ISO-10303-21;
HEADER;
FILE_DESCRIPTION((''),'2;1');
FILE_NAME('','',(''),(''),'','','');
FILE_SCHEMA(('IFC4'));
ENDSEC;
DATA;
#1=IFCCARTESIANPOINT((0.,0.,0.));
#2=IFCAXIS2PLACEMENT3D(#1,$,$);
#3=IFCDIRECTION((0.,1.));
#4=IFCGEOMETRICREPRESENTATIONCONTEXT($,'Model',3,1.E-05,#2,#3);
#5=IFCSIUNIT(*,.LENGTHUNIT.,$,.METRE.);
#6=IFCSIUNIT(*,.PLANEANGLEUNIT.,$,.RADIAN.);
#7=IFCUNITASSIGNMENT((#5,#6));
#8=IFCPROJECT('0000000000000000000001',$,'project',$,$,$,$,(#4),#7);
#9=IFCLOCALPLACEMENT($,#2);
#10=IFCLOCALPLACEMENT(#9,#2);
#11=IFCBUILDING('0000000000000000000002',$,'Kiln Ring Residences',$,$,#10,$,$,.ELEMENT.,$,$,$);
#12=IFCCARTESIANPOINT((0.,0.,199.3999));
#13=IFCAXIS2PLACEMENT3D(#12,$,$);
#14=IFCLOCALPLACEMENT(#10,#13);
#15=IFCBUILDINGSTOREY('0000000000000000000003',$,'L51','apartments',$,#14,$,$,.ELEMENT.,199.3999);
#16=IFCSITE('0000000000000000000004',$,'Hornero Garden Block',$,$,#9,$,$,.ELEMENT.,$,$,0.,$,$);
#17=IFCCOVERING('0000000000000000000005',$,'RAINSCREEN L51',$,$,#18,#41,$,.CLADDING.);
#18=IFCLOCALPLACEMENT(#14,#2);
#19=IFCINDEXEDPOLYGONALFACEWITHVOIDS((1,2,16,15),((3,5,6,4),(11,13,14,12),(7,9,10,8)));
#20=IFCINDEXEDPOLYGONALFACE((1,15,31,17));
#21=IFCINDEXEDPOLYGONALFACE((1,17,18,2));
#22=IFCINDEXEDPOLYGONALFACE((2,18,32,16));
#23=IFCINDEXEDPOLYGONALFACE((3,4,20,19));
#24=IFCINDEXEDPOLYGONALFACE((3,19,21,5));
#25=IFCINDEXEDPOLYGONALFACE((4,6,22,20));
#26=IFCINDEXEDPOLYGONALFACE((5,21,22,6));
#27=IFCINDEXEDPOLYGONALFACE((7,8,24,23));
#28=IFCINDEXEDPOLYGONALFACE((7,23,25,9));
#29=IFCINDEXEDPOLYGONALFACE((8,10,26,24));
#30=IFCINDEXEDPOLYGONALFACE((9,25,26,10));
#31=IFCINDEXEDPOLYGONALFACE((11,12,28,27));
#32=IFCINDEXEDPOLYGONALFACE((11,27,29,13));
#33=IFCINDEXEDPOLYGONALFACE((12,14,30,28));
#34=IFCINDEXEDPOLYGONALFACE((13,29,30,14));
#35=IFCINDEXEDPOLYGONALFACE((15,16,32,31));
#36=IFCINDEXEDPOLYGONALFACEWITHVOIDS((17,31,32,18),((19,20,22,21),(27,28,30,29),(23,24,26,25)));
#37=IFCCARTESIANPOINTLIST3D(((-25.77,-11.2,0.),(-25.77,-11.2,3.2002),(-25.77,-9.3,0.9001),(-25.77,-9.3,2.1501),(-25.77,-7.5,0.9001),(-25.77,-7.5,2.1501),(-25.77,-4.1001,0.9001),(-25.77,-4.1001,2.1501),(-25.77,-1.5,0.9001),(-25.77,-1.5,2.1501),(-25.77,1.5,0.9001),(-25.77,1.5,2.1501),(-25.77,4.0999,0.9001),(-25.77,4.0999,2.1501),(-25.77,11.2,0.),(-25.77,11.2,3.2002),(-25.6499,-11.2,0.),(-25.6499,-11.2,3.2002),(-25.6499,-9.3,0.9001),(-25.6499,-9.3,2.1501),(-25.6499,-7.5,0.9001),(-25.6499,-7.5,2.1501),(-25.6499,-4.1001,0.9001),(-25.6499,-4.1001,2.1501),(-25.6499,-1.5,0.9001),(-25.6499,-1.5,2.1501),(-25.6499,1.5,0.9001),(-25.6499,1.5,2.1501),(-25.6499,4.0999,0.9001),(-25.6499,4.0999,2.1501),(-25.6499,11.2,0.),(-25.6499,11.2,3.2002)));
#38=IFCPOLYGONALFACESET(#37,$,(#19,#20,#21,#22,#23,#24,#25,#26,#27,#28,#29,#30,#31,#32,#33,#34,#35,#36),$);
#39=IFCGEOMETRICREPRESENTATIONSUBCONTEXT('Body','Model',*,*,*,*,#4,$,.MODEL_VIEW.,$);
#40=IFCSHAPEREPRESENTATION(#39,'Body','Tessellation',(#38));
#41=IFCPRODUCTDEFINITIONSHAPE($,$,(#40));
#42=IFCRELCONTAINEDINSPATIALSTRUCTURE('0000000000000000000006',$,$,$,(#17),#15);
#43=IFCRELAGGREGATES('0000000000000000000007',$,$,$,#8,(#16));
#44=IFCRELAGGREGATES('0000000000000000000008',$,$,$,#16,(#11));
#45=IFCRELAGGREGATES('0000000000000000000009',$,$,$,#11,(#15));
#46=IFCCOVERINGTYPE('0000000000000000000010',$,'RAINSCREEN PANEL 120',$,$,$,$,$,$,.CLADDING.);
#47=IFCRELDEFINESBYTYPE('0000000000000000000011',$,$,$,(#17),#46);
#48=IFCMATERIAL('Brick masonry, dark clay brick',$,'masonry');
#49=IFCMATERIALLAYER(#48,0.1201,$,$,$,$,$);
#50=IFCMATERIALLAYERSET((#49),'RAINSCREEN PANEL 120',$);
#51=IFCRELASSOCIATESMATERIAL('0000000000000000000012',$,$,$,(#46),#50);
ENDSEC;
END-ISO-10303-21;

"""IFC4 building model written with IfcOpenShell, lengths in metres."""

from ifc_helpers import new_model, si_unit, direction, frame, origin, place, context, subcontext, project, spatial, polyline, outline, extrude, material, layer, layer_set, type_object, element, save


model = new_model("IFC4")

# Units and contexts
model_context = context("Model", 3, precision=1e-05, world=origin(), true_north=direction((0.0, 1.0)))
body_context = subcontext(model_context, "Body", "Model", "MODEL_VIEW")
ifc_project = project(units=[si_unit("LENGTHUNIT", "METRE"), si_unit("PLANEANGLEUNIT", "RADIAN")], contexts=[model_context])

# Site, building, storey
site_placement = place(None, origin())
site = spatial("IfcSite", under=ifc_project, at=site_placement, Name="Hornero Garden Block", CompositionType="ELEMENT", RefElevation=0.0)
building_placement = place(site_placement, origin())
building = spatial("IfcBuilding", under=site, at=building_placement, Name="Kiln Ring Residences", CompositionType="ELEMENT")
storey_placement = place(building_placement, frame((0.0, 0.0, 199.3999)))
storey = spatial("IfcBuildingStorey", under=building, at=storey_placement, Name="L51", Description="apartments", CompositionType="ELEMENT", Elevation=199.3999)

# Covering
ifc_material_1 = material(Name="Brick masonry, dark clay brick", Category="masonry")
ifc_layer_1 = layer(ifc_material_1, 0.1201)
ifc_layer_set_1 = layer_set([ifc_layer_1], Name="RAINSCREEN PANEL 120")
covering_type_1 = type_object("IfcCoveringType", Name="RAINSCREEN PANEL 120", PredefinedType="CLADDING", material=ifc_layer_set_1)
covering_1_placement = place(storey_placement, frame((-25.71, 11.2, 0.0), z_axis=(0.0, 0.0, 1.0), x_axis=(0.0, -1.0, 0.0)))
element("IfcCovering", 1, at=covering_1_placement, inside=storey, type_object=covering_type_1, Name="RAINSCREEN L51", PredefinedType="CLADDING", context=body_context, shape_type="SweptSolid", body=[
    extrude(outline(polyline([(0.0, 0.0), (22.3999, 0.0), (22.3999, 3.2002), (0.0, 3.2002), (0.0, 0.0)]), holes=[polyline([(9.7, 2.1501), (7.1001, 2.1501), (7.1001, 0.9001), (9.7, 0.9001), (9.7, 2.1501)]), polyline([(15.3, 0.9001), (15.3, 2.1501), (12.7, 2.1501), (12.7, 0.9001), (15.3, 0.9001)]), polyline([(20.5, 0.9001), (20.5, 2.1501), (18.7, 2.1501), (18.7, 0.9001), (20.5, 0.9001)])]), frame((0.0, 0.0601, 0.0), z_axis=(0.0, -1.0, 0.0), x_axis=(1.0, 0.0, 0.0)), (0.0, 0.0, 1.0), 0.1201),
])

save(model, "model.ifc")
